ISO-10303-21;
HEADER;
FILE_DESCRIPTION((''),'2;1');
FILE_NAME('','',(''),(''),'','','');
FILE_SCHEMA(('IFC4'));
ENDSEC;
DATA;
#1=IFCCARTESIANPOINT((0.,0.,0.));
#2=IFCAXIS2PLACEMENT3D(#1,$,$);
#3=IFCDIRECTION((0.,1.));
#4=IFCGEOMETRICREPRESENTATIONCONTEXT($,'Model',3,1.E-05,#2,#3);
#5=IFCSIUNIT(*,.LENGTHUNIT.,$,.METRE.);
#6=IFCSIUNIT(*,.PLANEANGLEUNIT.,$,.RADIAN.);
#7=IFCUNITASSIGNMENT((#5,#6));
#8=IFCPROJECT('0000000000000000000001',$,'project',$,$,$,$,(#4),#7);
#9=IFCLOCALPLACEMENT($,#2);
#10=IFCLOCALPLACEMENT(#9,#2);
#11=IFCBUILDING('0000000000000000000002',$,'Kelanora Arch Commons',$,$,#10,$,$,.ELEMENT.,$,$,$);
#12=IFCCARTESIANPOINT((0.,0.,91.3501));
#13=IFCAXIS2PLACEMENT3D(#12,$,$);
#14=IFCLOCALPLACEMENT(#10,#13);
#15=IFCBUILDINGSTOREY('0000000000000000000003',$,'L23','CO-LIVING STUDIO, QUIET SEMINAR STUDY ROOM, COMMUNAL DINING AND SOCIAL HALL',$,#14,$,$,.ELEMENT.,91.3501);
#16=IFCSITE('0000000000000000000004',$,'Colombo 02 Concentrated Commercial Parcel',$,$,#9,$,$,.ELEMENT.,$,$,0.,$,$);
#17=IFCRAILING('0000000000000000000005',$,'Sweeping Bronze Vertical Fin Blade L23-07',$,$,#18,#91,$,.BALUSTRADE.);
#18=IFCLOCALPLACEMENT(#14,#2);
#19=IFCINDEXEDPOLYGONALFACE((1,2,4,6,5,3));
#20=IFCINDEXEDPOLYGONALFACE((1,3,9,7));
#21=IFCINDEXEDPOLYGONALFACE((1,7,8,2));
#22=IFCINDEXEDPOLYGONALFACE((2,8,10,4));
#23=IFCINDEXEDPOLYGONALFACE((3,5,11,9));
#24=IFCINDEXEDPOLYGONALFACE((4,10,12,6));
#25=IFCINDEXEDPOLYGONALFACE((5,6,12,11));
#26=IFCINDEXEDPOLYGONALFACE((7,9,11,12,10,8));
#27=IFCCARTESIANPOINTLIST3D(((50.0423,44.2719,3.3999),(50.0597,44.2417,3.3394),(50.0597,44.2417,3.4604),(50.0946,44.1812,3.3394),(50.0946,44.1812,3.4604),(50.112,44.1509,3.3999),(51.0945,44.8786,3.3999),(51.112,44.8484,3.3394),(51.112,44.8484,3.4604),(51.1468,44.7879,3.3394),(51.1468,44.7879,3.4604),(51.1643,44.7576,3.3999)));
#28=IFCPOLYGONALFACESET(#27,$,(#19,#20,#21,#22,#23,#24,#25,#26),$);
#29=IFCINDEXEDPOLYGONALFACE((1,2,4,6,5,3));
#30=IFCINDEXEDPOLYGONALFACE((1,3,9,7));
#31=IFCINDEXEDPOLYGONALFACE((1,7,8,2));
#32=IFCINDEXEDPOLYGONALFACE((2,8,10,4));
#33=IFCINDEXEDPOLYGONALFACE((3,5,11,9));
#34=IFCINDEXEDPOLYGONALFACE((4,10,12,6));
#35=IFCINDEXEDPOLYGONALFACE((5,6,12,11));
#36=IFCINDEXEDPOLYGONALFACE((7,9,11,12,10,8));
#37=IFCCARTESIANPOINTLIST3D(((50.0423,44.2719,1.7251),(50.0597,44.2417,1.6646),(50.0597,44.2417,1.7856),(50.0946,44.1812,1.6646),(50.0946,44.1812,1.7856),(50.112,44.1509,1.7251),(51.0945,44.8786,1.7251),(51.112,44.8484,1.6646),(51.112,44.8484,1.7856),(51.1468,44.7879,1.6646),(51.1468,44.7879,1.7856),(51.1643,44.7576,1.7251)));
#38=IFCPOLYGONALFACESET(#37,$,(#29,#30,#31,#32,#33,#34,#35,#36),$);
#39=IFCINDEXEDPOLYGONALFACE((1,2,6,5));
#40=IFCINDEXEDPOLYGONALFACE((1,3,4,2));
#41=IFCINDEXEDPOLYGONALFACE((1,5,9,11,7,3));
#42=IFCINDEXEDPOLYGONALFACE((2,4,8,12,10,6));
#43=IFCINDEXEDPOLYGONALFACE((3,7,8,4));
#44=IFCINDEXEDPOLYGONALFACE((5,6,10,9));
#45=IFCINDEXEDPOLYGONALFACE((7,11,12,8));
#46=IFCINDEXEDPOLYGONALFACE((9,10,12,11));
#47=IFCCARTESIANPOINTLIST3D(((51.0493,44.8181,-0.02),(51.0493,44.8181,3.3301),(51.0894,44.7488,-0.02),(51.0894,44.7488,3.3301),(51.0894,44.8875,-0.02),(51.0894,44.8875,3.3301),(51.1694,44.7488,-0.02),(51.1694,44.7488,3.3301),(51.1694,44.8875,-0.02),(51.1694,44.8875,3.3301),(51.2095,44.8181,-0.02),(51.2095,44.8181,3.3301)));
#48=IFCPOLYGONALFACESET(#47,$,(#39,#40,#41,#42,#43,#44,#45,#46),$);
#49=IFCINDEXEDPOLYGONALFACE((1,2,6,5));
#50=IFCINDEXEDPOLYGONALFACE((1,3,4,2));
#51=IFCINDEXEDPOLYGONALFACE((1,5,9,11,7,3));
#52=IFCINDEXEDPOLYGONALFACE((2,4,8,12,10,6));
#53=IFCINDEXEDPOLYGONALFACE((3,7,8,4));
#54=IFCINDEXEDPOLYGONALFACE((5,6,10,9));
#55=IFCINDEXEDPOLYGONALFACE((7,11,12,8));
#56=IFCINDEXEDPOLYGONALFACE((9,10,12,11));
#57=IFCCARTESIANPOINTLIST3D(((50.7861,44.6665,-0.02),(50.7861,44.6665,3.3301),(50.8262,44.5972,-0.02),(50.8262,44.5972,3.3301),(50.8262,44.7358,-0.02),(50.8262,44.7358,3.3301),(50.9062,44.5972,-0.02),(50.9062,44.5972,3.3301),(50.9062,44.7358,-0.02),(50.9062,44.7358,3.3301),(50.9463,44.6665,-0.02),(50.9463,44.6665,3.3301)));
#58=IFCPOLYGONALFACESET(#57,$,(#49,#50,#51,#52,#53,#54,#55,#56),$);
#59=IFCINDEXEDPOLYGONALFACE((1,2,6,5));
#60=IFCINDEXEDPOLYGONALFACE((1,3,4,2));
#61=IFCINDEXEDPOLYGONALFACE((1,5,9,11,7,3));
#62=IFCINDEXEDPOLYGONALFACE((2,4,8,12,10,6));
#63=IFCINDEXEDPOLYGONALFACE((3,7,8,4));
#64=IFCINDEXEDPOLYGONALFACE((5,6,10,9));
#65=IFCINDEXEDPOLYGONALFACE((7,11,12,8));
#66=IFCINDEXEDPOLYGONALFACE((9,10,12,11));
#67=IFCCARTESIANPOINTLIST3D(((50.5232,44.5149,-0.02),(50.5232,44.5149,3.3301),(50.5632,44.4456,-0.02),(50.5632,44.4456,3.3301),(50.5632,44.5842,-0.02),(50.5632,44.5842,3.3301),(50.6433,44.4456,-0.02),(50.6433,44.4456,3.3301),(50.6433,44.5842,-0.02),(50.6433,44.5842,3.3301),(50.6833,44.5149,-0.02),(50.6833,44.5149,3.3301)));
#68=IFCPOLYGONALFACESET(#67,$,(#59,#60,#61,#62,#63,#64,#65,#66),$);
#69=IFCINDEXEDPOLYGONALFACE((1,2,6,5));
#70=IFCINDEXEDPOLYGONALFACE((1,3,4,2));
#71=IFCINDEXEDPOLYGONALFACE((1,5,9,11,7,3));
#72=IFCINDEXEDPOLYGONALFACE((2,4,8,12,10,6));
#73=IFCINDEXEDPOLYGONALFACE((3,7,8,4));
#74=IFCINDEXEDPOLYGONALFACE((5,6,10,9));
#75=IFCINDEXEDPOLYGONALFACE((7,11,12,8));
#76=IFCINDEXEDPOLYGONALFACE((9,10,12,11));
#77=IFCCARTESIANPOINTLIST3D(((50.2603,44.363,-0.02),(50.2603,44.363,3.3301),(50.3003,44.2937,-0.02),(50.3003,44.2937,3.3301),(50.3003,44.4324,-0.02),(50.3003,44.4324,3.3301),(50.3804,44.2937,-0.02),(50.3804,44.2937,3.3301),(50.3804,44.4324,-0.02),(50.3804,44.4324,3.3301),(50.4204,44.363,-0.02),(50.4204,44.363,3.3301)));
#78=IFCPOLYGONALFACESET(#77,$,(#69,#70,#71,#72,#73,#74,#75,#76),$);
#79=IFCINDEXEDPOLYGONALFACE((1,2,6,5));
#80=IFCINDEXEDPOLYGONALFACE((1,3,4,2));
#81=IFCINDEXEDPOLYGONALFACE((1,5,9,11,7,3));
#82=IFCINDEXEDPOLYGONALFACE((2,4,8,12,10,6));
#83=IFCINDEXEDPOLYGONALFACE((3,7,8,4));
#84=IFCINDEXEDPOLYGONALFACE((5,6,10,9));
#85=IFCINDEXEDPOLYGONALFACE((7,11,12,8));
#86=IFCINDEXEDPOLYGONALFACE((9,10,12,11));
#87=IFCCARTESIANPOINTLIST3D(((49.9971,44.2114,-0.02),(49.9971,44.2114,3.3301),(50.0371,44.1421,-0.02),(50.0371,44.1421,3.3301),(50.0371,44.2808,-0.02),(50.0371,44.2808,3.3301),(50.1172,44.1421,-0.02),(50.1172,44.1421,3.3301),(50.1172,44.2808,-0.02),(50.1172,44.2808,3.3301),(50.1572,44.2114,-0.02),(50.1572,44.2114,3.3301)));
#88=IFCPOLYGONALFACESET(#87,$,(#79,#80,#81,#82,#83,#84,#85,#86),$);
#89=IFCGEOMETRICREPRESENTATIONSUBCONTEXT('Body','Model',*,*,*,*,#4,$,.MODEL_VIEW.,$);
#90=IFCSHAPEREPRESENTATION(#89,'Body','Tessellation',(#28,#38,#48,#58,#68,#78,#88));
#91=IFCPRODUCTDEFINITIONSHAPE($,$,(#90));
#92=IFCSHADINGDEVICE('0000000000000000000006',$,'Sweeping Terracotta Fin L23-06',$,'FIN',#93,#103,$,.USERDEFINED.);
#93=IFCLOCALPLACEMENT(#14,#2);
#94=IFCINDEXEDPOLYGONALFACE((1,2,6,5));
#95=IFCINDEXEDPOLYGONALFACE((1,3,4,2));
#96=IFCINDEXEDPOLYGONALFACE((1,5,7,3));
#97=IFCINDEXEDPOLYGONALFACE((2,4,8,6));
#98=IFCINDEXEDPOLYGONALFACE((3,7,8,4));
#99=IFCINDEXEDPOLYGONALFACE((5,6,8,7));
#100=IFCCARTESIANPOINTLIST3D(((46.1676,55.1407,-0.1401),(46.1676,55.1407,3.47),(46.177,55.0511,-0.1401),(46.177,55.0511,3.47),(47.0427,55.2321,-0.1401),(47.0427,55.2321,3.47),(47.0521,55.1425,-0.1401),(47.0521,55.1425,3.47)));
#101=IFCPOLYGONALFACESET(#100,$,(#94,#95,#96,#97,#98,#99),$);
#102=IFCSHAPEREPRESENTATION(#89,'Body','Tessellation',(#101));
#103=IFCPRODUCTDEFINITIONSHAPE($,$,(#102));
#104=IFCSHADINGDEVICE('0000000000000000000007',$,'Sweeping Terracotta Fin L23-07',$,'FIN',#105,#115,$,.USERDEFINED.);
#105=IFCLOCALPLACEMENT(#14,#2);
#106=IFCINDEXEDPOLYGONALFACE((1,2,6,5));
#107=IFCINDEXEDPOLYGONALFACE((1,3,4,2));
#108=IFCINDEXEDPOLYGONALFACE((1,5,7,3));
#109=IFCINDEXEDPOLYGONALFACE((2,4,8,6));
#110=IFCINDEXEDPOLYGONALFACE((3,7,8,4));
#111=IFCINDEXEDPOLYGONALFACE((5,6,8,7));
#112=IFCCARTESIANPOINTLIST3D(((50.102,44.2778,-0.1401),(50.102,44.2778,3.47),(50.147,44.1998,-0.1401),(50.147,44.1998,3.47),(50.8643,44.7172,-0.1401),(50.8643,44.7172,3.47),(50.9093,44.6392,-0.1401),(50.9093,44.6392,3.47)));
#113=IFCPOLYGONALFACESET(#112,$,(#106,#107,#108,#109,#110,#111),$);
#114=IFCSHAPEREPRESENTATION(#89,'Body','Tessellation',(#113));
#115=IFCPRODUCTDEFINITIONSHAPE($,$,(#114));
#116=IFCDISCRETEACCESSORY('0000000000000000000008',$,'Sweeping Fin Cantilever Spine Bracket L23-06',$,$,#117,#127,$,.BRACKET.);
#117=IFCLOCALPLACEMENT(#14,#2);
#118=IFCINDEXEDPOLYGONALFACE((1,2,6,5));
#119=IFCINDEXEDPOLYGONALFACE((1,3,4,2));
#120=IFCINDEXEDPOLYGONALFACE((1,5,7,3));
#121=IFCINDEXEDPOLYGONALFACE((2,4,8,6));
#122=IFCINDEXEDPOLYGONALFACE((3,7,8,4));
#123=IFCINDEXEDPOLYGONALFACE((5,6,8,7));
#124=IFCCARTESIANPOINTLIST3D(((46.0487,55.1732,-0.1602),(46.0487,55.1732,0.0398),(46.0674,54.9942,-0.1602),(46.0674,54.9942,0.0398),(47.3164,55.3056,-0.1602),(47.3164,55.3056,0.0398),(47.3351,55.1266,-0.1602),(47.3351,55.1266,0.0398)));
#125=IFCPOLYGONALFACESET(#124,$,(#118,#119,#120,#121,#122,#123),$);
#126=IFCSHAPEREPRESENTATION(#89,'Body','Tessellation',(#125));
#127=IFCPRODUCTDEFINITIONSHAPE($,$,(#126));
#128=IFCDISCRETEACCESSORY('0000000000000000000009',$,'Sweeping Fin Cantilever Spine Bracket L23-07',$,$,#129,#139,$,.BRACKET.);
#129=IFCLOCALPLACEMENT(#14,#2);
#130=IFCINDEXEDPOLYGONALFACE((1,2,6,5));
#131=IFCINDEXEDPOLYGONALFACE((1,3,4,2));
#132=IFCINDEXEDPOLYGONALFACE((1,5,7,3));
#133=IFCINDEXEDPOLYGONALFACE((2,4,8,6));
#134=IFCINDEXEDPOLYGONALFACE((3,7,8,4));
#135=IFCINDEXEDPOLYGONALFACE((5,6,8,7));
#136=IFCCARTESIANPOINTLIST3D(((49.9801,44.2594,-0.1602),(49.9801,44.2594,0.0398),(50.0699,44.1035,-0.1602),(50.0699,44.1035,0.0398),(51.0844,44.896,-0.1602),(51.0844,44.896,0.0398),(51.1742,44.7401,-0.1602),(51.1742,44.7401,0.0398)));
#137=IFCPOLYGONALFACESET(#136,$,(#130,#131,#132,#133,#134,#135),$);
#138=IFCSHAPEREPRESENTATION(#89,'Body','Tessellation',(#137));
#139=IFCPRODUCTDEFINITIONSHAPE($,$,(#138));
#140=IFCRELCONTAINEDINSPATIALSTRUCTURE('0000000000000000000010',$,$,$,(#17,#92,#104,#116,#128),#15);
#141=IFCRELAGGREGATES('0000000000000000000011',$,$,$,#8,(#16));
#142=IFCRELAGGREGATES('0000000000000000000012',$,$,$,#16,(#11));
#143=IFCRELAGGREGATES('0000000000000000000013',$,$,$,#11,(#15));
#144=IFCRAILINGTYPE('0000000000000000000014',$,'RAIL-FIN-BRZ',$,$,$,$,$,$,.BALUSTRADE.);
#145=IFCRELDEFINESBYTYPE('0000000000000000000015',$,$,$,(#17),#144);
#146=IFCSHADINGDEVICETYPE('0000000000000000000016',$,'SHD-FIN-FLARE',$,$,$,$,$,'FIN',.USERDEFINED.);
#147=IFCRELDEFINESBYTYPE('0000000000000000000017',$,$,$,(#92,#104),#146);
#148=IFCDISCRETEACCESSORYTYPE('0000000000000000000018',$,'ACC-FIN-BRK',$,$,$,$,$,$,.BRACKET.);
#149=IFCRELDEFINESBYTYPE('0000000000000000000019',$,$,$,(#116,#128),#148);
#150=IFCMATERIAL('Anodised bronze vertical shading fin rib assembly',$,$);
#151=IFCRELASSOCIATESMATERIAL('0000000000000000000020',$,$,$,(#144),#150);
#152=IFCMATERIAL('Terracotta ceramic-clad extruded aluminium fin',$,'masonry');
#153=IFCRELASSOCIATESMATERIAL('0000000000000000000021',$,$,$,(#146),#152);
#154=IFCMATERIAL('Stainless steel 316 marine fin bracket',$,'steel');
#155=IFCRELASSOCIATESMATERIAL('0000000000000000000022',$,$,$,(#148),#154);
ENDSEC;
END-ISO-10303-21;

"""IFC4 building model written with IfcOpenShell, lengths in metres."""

from ifc_helpers import new_model, si_unit, direction, frame, origin, origin_2d, place, context, subcontext, project, spatial, polyline, rectangle, outline, extrude, source, transform, mapped, material, type_object, element, save


model = new_model("IFC4")

# Units and contexts
model_context = context("Model", 3, precision=1e-05, world=origin(), true_north=direction((0.0, 1.0)))
body_context = subcontext(model_context, "Body", "Model", "MODEL_VIEW")
ifc_project = project(units=[si_unit("LENGTHUNIT", "METRE"), si_unit("PLANEANGLEUNIT", "RADIAN")], contexts=[model_context])

# Site, building, storey
site_placement = place(None, origin())
site = spatial("IfcSite", under=ifc_project, at=site_placement, Name="Colombo 02 Concentrated Commercial Parcel", CompositionType="ELEMENT", RefElevation=0.0)
building_placement = place(site_placement, origin())
building = spatial("IfcBuilding", under=site, at=building_placement, Name="Kelanora Arch Commons", CompositionType="ELEMENT")
storey_placement = place(building_placement, frame((0.0, 0.0, 91.3501)))
storey = spatial("IfcBuildingStorey", under=building, at=storey_placement, Name="L23", Description="CO-LIVING STUDIO, QUIET SEMINAR STUDY ROOM, COMMUNAL DINING AND SOCIAL HALL", CompositionType="ELEMENT", Elevation=91.3501)

# Railing
ifc_material_1 = material(Name="Anodised bronze vertical shading fin rib assembly")
railing_type = type_object("IfcRailingType", Name="RAIL-FIN-BRZ", PredefinedType="BALUSTRADE", material=ifc_material_1)
railing_1_placement = place(storey_placement, frame((51.1294, 44.8181, -0.02)))
element("IfcRailing", 1, at=railing_1_placement, inside=storey, type_object=railing_type, Name="Sweeping Bronze Vertical Fin Blade L23-07", PredefinedType="BALUSTRADE", context=body_context, shape_type="SweptSolid", body=[
    extrude(outline(polyline([(0.0698, 0.0), (0.0349, 0.0605), (-0.0349, 0.0605), (-0.0698, 0.0), (-0.0349, -0.0605), (0.0349, -0.0605), (0.0698, 0.0)])), frame((0.0, 0.0, 3.4199), z_axis=(-0.866319, -0.49949, 0.0), x_axis=(0.49949, -0.866319, 0.0)), (0.0, 0.0, 1.0), 1.2146),
    extrude(outline(polyline([(0.0698, 0.0), (0.0349, 0.0605), (-0.0349, 0.0605), (-0.0698, 0.0), (-0.0349, -0.0605), (0.0349, -0.0605), (0.0698, 0.0)])), frame((0.0, 0.0, 1.7451), z_axis=(-0.866319, -0.49949, 0.0), x_axis=(0.49949, -0.866319, 0.0)), (0.0, 0.0, 1.0), 1.2146),
    extrude(outline(polyline([(0.0801, 0.0), (0.04, 0.0693), (-0.04, 0.0693), (-0.0801, 0.0), (-0.04, -0.0693), (0.04, -0.0693), (0.0801, 0.0)])), origin(), (0.0, 0.0, 1.0), 3.3501),
    extrude(outline(polyline([(0.0801, 0.0), (0.04, 0.0693), (-0.04, 0.0693), (-0.0801, 0.0), (-0.04, -0.0693), (0.04, -0.0693), (0.0801, 0.0)])), frame((-0.2632, -0.1516, 0.0)), (0.0, 0.0, 1.0), 3.3501),
    extrude(outline(polyline([(0.0801, 0.0), (0.04, 0.0693), (-0.04, 0.0693), (-0.0801, 0.0), (-0.04, -0.0693), (0.04, -0.0693), (0.0801, 0.0)])), frame((-0.5261, -0.3032, 0.0)), (0.0, 0.0, 1.0), 3.3501),
    extrude(outline(polyline([(0.0801, 0.0), (0.04, 0.0693), (-0.04, 0.0693), (-0.0801, 0.0), (-0.04, -0.0693), (0.04, -0.0693), (0.0801, 0.0)])), frame((-0.7891, -0.4551, 0.0)), (0.0, 0.0, 1.0), 3.3501),
    extrude(outline(polyline([(0.0801, 0.0), (0.04, 0.0693), (-0.04, 0.0693), (-0.0801, 0.0), (-0.04, -0.0693), (0.04, -0.0693), (0.0801, 0.0)])), frame((-1.0522, -0.6067, 0.0)), (0.0, 0.0, 1.0), 3.3501),
])

# Shading devices
ifc_material_2 = material(Name="Terracotta ceramic-clad extruded aluminium fin", Category="masonry")
shading_device_type = type_object("IfcShadingDeviceType", Name="SHD-FIN-FLARE", ElementType="FIN", PredefinedType="USERDEFINED", material=ifc_material_2)
shared_shape_1 = source(origin(), body_context, "Body", "SweptSolid", [
    extrude(rectangle(XDim=0.8799, YDim=0.0901, at=origin_2d()), origin(), (0.0, 0.0, 1.0), 3.6101),
])
for number, where, z_axis, x_axis, name in (
    (2, (46.6099, 55.1416, -0.1401), (0.0, 0.0, 1.0), (-0.994595, -0.103834, 0.0), "Sweeping Terracotta Fin L23-06"),
    (3, (50.5056, 44.4585, -0.1401), (0.0, 0.0, 1.0), (-0.866374, -0.499395, 0.0), "Sweeping Terracotta Fin L23-07"),
):
    element("IfcShadingDevice", number, at=place(storey_placement, frame(where, z_axis=z_axis, x_axis=x_axis)), inside=storey, type_object=shading_device_type, Name=name, ObjectType="FIN", PredefinedType="USERDEFINED", context=body_context, shape_type="MappedRepresentation", body=[
        mapped(shared_shape_1, transform((0.0, 0.0, 0.0), scale=1.0)),
    ])

# Discrete accessories
ifc_material_3 = material(Name="Stainless steel 316 marine fin bracket", Category="steel")
discrete_accessory_type = type_object("IfcDiscreteAccessoryType", Name="ACC-FIN-BRK", PredefinedType="BRACKET", material=ifc_material_3)
shared_shape_2 = source(origin(), body_context, "Body", "SweptSolid", [
    extrude(rectangle(XDim=1.2747, YDim=0.1799, at=origin_2d()), origin(), (0.0, 0.0, 1.0), 0.2),
])
for number, where, z_axis, x_axis, name in (
    (4, (46.6919, 55.1499, -0.1602), (0.0, 0.0, 1.0), (-0.994595, -0.103834, 0.0), "Sweeping Fin Cantilever Spine Bracket L23-06"),
    (5, (50.5771, 44.4998, -0.1602), (0.0, 0.0, 1.0), (-0.866374, -0.499395, 0.0), "Sweeping Fin Cantilever Spine Bracket L23-07"),
):
    element("IfcDiscreteAccessory", number, at=place(storey_placement, frame(where, z_axis=z_axis, x_axis=x_axis)), inside=storey, type_object=discrete_accessory_type, Name=name, PredefinedType="BRACKET", context=body_context, shape_type="MappedRepresentation", body=[
        mapped(shared_shape_2, transform((0.0, 0.0, 0.0), scale=1.0)),
    ])

save(model, "model.ifc")
